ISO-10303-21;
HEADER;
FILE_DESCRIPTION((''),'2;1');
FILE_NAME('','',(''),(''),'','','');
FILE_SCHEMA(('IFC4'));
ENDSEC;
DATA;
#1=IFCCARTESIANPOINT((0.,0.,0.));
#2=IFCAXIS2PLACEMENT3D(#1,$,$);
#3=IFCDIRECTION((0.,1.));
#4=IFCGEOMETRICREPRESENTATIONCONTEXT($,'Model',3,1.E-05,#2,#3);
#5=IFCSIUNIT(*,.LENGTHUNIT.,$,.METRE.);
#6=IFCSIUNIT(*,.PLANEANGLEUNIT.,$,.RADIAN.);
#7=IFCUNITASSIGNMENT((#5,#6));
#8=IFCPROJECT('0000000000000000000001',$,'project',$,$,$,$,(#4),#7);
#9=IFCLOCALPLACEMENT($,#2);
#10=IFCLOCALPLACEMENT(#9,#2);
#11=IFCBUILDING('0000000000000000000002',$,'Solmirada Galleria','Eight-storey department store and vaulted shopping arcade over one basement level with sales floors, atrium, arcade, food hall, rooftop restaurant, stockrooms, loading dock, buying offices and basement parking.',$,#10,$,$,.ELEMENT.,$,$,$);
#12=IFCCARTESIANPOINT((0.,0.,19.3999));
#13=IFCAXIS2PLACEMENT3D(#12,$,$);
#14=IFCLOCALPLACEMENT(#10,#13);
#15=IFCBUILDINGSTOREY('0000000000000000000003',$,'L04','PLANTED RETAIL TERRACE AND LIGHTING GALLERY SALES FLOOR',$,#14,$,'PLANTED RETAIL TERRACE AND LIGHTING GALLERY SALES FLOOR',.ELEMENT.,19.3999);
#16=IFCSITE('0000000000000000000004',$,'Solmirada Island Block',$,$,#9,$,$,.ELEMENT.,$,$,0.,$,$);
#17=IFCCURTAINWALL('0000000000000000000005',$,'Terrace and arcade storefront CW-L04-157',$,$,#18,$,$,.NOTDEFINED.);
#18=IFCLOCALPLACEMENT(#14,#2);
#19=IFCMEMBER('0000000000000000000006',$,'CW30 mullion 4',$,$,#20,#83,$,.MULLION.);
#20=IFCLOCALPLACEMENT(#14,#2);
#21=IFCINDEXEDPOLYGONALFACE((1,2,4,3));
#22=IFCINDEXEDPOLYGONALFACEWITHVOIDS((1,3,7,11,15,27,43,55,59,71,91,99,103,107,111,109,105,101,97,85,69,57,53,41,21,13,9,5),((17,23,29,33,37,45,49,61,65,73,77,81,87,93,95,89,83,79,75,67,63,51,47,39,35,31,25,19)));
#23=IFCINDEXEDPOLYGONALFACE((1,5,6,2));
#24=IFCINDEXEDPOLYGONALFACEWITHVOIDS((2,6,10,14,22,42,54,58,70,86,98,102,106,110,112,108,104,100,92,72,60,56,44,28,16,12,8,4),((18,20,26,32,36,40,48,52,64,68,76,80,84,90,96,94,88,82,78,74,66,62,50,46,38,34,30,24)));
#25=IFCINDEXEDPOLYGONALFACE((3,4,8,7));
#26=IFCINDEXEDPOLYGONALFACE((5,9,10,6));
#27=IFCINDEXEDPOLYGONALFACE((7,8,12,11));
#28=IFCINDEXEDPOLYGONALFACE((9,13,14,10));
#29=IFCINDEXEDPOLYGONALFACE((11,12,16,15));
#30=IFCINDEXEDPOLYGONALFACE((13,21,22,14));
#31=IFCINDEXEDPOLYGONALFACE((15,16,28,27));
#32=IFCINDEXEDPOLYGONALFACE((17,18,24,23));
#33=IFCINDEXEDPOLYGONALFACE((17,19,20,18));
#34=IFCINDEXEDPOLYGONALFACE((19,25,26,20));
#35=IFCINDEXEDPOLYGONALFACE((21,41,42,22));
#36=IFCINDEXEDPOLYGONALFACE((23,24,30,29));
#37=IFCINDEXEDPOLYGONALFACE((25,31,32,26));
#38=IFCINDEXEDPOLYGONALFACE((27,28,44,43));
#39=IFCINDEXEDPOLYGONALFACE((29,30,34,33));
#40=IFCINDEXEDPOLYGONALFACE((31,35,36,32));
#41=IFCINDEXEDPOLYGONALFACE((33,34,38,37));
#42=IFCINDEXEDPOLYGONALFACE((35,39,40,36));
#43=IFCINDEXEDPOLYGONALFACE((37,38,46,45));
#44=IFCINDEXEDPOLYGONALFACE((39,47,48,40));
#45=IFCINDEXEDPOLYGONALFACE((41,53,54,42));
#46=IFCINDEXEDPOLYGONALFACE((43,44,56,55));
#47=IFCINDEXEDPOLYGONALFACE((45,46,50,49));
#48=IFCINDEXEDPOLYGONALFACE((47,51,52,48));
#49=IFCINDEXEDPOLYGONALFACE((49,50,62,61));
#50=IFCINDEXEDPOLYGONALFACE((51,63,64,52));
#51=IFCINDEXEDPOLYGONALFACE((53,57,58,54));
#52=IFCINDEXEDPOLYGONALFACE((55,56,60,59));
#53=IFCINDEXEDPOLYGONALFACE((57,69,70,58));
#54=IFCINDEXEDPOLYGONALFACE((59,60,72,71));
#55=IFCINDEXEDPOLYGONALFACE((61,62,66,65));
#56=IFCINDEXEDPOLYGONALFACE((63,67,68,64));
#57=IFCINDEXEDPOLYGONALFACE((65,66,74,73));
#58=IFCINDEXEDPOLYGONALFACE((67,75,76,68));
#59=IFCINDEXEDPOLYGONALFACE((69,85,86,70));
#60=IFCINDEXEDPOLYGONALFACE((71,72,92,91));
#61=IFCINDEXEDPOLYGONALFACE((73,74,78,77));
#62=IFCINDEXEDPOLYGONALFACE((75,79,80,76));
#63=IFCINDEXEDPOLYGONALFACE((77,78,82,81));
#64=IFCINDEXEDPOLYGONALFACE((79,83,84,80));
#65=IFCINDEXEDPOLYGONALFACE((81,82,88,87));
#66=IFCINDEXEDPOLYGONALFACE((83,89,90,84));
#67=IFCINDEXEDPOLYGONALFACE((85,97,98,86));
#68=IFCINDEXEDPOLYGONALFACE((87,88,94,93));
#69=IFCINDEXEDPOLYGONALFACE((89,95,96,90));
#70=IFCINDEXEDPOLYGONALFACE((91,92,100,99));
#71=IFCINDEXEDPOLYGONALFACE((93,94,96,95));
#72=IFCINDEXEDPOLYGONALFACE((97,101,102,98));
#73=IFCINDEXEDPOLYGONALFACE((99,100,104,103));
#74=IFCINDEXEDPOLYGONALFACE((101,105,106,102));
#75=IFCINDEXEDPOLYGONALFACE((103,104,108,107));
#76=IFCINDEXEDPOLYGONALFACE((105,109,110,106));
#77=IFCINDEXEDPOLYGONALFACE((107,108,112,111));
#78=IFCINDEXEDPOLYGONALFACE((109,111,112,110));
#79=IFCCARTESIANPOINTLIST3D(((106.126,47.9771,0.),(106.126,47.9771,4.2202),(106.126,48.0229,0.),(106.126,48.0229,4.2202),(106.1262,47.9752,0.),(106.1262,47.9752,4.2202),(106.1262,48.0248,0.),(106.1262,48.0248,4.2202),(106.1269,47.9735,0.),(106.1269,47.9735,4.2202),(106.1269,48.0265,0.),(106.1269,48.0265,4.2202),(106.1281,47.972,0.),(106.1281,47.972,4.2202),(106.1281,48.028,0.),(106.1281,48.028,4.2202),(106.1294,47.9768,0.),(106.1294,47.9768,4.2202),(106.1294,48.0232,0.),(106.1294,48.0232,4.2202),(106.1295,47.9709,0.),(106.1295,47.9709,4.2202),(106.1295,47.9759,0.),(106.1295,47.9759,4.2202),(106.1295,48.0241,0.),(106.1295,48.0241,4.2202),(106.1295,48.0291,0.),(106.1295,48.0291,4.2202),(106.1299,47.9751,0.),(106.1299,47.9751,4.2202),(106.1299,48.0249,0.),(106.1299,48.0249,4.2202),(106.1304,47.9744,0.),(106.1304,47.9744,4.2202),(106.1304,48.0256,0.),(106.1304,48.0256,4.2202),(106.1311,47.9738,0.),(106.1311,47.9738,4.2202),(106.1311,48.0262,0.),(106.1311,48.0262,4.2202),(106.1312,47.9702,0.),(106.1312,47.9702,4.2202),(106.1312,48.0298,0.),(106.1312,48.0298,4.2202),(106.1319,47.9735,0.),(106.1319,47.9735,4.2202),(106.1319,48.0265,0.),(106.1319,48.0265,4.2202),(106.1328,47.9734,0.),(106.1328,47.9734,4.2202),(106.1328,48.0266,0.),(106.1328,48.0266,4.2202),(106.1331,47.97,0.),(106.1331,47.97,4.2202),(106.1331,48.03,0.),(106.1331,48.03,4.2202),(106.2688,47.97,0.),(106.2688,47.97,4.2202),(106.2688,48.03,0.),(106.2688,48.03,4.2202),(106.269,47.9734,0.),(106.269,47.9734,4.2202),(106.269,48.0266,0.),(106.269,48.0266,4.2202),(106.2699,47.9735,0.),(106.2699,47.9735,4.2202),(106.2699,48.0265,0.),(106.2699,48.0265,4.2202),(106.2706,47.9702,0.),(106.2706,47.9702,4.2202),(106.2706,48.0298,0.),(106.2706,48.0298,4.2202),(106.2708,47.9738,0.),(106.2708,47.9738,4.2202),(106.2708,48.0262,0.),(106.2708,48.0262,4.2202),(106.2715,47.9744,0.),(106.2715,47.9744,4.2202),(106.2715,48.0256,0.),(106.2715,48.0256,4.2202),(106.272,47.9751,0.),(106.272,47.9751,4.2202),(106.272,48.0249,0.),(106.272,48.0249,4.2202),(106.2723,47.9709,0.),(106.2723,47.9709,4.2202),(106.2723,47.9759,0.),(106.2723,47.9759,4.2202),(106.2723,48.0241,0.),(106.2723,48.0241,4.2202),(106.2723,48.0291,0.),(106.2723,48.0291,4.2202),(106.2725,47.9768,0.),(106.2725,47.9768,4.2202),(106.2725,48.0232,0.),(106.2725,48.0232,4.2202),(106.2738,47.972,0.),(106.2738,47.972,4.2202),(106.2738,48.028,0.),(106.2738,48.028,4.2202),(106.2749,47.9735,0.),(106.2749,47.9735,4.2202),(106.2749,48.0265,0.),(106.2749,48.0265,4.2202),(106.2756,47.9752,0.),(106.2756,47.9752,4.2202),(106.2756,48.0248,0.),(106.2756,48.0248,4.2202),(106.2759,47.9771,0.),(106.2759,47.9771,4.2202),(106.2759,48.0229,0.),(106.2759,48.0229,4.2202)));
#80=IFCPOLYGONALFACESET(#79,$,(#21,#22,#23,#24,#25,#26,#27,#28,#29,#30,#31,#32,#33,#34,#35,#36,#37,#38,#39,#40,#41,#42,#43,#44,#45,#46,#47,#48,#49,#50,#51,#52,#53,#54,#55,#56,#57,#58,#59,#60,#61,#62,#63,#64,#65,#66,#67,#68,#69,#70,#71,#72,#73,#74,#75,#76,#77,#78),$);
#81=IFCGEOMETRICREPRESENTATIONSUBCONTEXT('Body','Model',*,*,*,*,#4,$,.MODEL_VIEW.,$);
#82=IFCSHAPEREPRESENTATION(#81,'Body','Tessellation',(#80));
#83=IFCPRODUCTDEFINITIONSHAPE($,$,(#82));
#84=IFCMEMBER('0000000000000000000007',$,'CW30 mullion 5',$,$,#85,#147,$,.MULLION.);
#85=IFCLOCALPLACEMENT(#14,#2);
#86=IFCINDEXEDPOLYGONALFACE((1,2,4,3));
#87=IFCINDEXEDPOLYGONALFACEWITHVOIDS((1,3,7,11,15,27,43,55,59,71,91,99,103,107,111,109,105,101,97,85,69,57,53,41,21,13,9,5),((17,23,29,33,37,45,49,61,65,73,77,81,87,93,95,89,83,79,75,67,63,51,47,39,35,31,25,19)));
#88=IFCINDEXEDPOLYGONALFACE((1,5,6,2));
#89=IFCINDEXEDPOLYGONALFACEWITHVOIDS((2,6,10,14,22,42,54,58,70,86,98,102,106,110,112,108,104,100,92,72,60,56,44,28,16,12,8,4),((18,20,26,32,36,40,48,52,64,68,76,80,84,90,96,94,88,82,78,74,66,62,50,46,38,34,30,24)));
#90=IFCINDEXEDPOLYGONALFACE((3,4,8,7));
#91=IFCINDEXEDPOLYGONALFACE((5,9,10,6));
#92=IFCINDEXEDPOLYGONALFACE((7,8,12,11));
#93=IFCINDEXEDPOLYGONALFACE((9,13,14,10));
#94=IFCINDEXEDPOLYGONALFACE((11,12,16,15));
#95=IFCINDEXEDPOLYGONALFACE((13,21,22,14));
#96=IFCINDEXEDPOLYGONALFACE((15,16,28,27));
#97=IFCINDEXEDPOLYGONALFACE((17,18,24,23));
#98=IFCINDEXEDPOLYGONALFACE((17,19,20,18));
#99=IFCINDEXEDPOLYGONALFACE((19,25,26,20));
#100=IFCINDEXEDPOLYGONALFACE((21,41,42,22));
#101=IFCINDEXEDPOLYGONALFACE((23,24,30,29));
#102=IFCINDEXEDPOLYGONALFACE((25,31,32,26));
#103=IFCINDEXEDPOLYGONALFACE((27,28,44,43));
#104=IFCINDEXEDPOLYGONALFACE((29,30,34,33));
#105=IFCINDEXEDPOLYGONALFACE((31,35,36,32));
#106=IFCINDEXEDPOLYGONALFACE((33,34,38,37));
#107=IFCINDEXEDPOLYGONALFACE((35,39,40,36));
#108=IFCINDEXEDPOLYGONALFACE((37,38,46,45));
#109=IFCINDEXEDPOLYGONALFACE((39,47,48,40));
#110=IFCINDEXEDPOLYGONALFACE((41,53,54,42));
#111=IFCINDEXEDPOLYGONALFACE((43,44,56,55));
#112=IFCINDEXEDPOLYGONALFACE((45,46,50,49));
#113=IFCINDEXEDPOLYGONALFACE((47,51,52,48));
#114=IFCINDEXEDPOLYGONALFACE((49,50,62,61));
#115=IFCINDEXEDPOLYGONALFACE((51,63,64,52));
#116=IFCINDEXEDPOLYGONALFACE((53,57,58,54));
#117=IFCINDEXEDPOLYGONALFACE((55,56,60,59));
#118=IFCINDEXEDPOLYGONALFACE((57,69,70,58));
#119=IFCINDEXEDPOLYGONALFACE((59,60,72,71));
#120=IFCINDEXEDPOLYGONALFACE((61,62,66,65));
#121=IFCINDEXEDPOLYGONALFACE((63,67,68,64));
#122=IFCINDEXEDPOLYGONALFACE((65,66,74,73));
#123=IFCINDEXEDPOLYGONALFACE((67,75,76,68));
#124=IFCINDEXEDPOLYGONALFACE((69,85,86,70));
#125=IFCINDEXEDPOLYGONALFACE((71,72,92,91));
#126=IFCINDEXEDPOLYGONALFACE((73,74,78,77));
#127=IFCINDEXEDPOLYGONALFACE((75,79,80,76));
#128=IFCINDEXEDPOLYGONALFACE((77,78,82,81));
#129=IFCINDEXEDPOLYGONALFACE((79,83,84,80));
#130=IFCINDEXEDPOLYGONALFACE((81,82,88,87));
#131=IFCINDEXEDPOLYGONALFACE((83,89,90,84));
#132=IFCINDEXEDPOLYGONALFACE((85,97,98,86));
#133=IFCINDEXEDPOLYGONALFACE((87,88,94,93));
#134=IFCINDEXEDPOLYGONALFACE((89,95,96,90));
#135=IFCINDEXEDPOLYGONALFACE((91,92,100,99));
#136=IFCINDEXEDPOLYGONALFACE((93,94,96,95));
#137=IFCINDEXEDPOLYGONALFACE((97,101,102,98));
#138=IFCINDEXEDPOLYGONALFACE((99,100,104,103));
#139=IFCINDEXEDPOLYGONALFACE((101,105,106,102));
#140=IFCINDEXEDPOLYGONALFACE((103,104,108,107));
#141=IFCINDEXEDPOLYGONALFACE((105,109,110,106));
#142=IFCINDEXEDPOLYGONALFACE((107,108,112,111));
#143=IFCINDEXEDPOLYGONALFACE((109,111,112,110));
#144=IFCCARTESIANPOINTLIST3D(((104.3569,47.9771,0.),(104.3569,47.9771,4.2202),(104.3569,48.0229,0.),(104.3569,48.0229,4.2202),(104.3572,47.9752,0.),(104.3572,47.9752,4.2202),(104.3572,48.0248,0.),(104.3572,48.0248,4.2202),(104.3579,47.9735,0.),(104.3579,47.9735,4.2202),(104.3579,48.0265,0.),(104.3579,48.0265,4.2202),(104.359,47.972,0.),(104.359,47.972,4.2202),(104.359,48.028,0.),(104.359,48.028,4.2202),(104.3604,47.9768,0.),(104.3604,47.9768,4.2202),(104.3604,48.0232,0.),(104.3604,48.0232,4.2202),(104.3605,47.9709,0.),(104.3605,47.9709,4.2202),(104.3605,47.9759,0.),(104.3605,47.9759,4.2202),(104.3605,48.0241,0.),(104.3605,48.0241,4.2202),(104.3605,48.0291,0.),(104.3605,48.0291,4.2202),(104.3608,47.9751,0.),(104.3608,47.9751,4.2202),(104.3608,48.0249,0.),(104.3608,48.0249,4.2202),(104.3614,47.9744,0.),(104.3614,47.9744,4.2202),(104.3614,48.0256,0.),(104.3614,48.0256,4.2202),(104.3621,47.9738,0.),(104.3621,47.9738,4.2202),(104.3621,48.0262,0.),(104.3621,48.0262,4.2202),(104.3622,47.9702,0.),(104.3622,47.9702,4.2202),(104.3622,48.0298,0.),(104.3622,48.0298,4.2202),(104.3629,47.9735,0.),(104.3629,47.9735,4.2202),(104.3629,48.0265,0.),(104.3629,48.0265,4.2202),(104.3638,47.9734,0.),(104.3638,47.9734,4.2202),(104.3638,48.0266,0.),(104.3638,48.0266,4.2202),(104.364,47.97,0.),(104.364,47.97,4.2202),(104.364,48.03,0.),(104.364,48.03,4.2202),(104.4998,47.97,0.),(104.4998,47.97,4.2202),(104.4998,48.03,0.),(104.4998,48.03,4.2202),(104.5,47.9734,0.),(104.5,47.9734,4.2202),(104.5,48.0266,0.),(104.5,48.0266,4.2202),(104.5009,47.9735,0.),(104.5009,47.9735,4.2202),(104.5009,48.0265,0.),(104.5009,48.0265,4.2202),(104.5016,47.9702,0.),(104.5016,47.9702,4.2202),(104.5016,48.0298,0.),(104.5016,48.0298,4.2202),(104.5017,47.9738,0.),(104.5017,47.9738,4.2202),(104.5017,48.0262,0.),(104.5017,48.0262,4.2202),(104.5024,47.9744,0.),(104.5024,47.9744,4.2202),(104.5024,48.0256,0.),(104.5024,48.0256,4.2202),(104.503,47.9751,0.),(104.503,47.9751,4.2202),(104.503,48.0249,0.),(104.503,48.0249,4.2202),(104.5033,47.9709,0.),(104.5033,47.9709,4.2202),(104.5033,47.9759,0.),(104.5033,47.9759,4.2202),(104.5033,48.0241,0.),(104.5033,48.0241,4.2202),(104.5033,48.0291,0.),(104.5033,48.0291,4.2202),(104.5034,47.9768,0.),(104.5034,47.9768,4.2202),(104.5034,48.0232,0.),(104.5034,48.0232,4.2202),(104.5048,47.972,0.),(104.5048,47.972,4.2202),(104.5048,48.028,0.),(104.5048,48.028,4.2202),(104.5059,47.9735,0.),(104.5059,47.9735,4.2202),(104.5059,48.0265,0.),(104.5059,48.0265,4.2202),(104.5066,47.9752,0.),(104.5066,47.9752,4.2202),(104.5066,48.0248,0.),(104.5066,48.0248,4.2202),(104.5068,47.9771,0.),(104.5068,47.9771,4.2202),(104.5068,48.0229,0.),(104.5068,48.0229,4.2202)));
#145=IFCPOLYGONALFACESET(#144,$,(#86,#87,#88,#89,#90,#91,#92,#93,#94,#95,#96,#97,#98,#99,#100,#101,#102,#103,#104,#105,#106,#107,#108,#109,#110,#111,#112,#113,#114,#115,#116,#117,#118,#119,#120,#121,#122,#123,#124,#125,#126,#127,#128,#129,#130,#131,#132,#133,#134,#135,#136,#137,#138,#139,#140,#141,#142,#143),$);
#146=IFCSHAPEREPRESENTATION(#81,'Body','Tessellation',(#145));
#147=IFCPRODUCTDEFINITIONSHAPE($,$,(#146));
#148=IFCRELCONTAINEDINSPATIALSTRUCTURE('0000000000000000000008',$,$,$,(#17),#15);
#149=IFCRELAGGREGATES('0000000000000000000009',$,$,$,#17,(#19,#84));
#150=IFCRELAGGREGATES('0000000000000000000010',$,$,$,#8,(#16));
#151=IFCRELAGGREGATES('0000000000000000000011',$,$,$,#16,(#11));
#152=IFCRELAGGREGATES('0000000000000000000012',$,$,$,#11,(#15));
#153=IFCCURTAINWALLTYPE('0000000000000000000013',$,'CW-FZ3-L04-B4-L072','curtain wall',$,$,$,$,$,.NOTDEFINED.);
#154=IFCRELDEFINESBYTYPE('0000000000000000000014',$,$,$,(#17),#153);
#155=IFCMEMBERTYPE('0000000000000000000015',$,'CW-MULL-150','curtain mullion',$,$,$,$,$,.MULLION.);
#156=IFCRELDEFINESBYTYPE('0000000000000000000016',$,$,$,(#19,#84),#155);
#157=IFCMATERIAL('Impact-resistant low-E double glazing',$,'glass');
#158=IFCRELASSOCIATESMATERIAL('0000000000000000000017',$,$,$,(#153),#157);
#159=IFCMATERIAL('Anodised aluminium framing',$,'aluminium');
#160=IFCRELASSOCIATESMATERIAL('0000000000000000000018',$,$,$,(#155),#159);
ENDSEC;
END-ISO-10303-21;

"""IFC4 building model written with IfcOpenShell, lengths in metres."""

from ifc_helpers import new_model, si_unit, direction, frame, origin, origin_2d, place, context, subcontext, project, spatial, hollow_rectangle, extrude, material, material_profile, profile_set, type_object, element, aggregate, save


model = new_model("IFC4")

# Units and contexts
model_context = context("Model", 3, precision=1e-05, world=origin(), true_north=direction((0.0, 1.0)))
body_context = subcontext(model_context, "Body", "Model", "MODEL_VIEW")
ifc_project = project(units=[si_unit("LENGTHUNIT", "METRE"), si_unit("PLANEANGLEUNIT", "RADIAN")], contexts=[model_context])

# Site, building, storey
site_placement = place(None, origin())
site = spatial("IfcSite", under=ifc_project, at=site_placement, Name="Solmirada Island Block", CompositionType="ELEMENT", RefElevation=0.0)
building_placement = place(site_placement, origin())
building = spatial("IfcBuilding", under=site, at=building_placement, Name="Solmirada Galleria", Description="Eight-storey department store and vaulted shopping arcade over one basement level with sales floors, atrium, arcade, food hall, rooftop restaurant, stockrooms, loading dock, buying offices and basement parking.", CompositionType="ELEMENT")
storey_placement = place(building_placement, frame((0.0, 0.0, 19.3999)))
storey = spatial("IfcBuildingStorey", under=building, at=storey_placement, Name="L04", Description="PLANTED RETAIL TERRACE AND LIGHTING GALLERY SALES FLOOR", LongName="PLANTED RETAIL TERRACE AND LIGHTING GALLERY SALES FLOOR", CompositionType="ELEMENT", Elevation=19.3999)

# Curtain wall, members
ifc_material_1 = material(Name="Impact-resistant low-E double glazing", Category="glass")
curtain_wall_type = type_object("IfcCurtainWallType", Name="CW-FZ3-L04-B4-L072", Description="curtain wall", PredefinedType="NOTDEFINED", material=ifc_material_1)
curtain_wall_1_placement = place(storey_placement, origin())
curtain_wall_1 = element("IfcCurtainWall", 1, at=curtain_wall_1_placement, inside=storey, type_object=curtain_wall_type, Name="Terrace and arcade storefront CW-L04-157", PredefinedType="NOTDEFINED")
ifc_material_2 = material(Name="Anodised aluminium framing", Category="aluminium")
ifc_material_profile_1 = material_profile(ifc_material_2, hollow_rectangle(XDim=0.0601, YDim=0.1499, WallThickness=0.0034, InnerFilletRadius=0.0034, OuterFilletRadius=0.0071, at=origin_2d()), Name="ALU-MULL-150X60")
ifc_profile_set_1 = profile_set([ifc_material_profile_1], Name="Anodised aluminium framing")
member_type_1 = type_object("IfcMemberType", Name="CW-MULL-150", Description="curtain mullion", PredefinedType="MULLION", material=ifc_profile_set_1)
member_1_placement = place(storey_placement, frame((106.2009, 48.0, 0.0), z_axis=(0.0, 0.0, 1.0), x_axis=(0.0, -1.0, 0.0)))
member_1 = element("IfcMember", 2, at=member_1_placement, type_object=member_type_1, Name="CW30 mullion 4", PredefinedType="MULLION", context=body_context, shape_type="SweptSolid", body=[
    extrude(hollow_rectangle(XDim=0.0601, YDim=0.1499, WallThickness=0.0034, InnerFilletRadius=0.0034, OuterFilletRadius=0.0071, at=origin_2d()), origin(), (0.0, 0.0, 1.0), 4.2202),
])
member_2_placement = place(storey_placement, frame((104.4319, 48.0, 0.0), z_axis=(0.0, 0.0, 1.0), x_axis=(0.0, -1.0, 0.0)))
member_2 = element("IfcMember", 3, at=member_2_placement, type_object=member_type_1, Name="CW30 mullion 5", PredefinedType="MULLION", context=body_context, shape_type="SweptSolid", body=[
    extrude(hollow_rectangle(XDim=0.0601, YDim=0.1499, WallThickness=0.0034, InnerFilletRadius=0.0034, OuterFilletRadius=0.0071, at=origin_2d()), origin(), (0.0, 0.0, 1.0), 4.2202),
])

aggregate(curtain_wall_1, [member_1, member_2])

save(model, "model.ifc")
